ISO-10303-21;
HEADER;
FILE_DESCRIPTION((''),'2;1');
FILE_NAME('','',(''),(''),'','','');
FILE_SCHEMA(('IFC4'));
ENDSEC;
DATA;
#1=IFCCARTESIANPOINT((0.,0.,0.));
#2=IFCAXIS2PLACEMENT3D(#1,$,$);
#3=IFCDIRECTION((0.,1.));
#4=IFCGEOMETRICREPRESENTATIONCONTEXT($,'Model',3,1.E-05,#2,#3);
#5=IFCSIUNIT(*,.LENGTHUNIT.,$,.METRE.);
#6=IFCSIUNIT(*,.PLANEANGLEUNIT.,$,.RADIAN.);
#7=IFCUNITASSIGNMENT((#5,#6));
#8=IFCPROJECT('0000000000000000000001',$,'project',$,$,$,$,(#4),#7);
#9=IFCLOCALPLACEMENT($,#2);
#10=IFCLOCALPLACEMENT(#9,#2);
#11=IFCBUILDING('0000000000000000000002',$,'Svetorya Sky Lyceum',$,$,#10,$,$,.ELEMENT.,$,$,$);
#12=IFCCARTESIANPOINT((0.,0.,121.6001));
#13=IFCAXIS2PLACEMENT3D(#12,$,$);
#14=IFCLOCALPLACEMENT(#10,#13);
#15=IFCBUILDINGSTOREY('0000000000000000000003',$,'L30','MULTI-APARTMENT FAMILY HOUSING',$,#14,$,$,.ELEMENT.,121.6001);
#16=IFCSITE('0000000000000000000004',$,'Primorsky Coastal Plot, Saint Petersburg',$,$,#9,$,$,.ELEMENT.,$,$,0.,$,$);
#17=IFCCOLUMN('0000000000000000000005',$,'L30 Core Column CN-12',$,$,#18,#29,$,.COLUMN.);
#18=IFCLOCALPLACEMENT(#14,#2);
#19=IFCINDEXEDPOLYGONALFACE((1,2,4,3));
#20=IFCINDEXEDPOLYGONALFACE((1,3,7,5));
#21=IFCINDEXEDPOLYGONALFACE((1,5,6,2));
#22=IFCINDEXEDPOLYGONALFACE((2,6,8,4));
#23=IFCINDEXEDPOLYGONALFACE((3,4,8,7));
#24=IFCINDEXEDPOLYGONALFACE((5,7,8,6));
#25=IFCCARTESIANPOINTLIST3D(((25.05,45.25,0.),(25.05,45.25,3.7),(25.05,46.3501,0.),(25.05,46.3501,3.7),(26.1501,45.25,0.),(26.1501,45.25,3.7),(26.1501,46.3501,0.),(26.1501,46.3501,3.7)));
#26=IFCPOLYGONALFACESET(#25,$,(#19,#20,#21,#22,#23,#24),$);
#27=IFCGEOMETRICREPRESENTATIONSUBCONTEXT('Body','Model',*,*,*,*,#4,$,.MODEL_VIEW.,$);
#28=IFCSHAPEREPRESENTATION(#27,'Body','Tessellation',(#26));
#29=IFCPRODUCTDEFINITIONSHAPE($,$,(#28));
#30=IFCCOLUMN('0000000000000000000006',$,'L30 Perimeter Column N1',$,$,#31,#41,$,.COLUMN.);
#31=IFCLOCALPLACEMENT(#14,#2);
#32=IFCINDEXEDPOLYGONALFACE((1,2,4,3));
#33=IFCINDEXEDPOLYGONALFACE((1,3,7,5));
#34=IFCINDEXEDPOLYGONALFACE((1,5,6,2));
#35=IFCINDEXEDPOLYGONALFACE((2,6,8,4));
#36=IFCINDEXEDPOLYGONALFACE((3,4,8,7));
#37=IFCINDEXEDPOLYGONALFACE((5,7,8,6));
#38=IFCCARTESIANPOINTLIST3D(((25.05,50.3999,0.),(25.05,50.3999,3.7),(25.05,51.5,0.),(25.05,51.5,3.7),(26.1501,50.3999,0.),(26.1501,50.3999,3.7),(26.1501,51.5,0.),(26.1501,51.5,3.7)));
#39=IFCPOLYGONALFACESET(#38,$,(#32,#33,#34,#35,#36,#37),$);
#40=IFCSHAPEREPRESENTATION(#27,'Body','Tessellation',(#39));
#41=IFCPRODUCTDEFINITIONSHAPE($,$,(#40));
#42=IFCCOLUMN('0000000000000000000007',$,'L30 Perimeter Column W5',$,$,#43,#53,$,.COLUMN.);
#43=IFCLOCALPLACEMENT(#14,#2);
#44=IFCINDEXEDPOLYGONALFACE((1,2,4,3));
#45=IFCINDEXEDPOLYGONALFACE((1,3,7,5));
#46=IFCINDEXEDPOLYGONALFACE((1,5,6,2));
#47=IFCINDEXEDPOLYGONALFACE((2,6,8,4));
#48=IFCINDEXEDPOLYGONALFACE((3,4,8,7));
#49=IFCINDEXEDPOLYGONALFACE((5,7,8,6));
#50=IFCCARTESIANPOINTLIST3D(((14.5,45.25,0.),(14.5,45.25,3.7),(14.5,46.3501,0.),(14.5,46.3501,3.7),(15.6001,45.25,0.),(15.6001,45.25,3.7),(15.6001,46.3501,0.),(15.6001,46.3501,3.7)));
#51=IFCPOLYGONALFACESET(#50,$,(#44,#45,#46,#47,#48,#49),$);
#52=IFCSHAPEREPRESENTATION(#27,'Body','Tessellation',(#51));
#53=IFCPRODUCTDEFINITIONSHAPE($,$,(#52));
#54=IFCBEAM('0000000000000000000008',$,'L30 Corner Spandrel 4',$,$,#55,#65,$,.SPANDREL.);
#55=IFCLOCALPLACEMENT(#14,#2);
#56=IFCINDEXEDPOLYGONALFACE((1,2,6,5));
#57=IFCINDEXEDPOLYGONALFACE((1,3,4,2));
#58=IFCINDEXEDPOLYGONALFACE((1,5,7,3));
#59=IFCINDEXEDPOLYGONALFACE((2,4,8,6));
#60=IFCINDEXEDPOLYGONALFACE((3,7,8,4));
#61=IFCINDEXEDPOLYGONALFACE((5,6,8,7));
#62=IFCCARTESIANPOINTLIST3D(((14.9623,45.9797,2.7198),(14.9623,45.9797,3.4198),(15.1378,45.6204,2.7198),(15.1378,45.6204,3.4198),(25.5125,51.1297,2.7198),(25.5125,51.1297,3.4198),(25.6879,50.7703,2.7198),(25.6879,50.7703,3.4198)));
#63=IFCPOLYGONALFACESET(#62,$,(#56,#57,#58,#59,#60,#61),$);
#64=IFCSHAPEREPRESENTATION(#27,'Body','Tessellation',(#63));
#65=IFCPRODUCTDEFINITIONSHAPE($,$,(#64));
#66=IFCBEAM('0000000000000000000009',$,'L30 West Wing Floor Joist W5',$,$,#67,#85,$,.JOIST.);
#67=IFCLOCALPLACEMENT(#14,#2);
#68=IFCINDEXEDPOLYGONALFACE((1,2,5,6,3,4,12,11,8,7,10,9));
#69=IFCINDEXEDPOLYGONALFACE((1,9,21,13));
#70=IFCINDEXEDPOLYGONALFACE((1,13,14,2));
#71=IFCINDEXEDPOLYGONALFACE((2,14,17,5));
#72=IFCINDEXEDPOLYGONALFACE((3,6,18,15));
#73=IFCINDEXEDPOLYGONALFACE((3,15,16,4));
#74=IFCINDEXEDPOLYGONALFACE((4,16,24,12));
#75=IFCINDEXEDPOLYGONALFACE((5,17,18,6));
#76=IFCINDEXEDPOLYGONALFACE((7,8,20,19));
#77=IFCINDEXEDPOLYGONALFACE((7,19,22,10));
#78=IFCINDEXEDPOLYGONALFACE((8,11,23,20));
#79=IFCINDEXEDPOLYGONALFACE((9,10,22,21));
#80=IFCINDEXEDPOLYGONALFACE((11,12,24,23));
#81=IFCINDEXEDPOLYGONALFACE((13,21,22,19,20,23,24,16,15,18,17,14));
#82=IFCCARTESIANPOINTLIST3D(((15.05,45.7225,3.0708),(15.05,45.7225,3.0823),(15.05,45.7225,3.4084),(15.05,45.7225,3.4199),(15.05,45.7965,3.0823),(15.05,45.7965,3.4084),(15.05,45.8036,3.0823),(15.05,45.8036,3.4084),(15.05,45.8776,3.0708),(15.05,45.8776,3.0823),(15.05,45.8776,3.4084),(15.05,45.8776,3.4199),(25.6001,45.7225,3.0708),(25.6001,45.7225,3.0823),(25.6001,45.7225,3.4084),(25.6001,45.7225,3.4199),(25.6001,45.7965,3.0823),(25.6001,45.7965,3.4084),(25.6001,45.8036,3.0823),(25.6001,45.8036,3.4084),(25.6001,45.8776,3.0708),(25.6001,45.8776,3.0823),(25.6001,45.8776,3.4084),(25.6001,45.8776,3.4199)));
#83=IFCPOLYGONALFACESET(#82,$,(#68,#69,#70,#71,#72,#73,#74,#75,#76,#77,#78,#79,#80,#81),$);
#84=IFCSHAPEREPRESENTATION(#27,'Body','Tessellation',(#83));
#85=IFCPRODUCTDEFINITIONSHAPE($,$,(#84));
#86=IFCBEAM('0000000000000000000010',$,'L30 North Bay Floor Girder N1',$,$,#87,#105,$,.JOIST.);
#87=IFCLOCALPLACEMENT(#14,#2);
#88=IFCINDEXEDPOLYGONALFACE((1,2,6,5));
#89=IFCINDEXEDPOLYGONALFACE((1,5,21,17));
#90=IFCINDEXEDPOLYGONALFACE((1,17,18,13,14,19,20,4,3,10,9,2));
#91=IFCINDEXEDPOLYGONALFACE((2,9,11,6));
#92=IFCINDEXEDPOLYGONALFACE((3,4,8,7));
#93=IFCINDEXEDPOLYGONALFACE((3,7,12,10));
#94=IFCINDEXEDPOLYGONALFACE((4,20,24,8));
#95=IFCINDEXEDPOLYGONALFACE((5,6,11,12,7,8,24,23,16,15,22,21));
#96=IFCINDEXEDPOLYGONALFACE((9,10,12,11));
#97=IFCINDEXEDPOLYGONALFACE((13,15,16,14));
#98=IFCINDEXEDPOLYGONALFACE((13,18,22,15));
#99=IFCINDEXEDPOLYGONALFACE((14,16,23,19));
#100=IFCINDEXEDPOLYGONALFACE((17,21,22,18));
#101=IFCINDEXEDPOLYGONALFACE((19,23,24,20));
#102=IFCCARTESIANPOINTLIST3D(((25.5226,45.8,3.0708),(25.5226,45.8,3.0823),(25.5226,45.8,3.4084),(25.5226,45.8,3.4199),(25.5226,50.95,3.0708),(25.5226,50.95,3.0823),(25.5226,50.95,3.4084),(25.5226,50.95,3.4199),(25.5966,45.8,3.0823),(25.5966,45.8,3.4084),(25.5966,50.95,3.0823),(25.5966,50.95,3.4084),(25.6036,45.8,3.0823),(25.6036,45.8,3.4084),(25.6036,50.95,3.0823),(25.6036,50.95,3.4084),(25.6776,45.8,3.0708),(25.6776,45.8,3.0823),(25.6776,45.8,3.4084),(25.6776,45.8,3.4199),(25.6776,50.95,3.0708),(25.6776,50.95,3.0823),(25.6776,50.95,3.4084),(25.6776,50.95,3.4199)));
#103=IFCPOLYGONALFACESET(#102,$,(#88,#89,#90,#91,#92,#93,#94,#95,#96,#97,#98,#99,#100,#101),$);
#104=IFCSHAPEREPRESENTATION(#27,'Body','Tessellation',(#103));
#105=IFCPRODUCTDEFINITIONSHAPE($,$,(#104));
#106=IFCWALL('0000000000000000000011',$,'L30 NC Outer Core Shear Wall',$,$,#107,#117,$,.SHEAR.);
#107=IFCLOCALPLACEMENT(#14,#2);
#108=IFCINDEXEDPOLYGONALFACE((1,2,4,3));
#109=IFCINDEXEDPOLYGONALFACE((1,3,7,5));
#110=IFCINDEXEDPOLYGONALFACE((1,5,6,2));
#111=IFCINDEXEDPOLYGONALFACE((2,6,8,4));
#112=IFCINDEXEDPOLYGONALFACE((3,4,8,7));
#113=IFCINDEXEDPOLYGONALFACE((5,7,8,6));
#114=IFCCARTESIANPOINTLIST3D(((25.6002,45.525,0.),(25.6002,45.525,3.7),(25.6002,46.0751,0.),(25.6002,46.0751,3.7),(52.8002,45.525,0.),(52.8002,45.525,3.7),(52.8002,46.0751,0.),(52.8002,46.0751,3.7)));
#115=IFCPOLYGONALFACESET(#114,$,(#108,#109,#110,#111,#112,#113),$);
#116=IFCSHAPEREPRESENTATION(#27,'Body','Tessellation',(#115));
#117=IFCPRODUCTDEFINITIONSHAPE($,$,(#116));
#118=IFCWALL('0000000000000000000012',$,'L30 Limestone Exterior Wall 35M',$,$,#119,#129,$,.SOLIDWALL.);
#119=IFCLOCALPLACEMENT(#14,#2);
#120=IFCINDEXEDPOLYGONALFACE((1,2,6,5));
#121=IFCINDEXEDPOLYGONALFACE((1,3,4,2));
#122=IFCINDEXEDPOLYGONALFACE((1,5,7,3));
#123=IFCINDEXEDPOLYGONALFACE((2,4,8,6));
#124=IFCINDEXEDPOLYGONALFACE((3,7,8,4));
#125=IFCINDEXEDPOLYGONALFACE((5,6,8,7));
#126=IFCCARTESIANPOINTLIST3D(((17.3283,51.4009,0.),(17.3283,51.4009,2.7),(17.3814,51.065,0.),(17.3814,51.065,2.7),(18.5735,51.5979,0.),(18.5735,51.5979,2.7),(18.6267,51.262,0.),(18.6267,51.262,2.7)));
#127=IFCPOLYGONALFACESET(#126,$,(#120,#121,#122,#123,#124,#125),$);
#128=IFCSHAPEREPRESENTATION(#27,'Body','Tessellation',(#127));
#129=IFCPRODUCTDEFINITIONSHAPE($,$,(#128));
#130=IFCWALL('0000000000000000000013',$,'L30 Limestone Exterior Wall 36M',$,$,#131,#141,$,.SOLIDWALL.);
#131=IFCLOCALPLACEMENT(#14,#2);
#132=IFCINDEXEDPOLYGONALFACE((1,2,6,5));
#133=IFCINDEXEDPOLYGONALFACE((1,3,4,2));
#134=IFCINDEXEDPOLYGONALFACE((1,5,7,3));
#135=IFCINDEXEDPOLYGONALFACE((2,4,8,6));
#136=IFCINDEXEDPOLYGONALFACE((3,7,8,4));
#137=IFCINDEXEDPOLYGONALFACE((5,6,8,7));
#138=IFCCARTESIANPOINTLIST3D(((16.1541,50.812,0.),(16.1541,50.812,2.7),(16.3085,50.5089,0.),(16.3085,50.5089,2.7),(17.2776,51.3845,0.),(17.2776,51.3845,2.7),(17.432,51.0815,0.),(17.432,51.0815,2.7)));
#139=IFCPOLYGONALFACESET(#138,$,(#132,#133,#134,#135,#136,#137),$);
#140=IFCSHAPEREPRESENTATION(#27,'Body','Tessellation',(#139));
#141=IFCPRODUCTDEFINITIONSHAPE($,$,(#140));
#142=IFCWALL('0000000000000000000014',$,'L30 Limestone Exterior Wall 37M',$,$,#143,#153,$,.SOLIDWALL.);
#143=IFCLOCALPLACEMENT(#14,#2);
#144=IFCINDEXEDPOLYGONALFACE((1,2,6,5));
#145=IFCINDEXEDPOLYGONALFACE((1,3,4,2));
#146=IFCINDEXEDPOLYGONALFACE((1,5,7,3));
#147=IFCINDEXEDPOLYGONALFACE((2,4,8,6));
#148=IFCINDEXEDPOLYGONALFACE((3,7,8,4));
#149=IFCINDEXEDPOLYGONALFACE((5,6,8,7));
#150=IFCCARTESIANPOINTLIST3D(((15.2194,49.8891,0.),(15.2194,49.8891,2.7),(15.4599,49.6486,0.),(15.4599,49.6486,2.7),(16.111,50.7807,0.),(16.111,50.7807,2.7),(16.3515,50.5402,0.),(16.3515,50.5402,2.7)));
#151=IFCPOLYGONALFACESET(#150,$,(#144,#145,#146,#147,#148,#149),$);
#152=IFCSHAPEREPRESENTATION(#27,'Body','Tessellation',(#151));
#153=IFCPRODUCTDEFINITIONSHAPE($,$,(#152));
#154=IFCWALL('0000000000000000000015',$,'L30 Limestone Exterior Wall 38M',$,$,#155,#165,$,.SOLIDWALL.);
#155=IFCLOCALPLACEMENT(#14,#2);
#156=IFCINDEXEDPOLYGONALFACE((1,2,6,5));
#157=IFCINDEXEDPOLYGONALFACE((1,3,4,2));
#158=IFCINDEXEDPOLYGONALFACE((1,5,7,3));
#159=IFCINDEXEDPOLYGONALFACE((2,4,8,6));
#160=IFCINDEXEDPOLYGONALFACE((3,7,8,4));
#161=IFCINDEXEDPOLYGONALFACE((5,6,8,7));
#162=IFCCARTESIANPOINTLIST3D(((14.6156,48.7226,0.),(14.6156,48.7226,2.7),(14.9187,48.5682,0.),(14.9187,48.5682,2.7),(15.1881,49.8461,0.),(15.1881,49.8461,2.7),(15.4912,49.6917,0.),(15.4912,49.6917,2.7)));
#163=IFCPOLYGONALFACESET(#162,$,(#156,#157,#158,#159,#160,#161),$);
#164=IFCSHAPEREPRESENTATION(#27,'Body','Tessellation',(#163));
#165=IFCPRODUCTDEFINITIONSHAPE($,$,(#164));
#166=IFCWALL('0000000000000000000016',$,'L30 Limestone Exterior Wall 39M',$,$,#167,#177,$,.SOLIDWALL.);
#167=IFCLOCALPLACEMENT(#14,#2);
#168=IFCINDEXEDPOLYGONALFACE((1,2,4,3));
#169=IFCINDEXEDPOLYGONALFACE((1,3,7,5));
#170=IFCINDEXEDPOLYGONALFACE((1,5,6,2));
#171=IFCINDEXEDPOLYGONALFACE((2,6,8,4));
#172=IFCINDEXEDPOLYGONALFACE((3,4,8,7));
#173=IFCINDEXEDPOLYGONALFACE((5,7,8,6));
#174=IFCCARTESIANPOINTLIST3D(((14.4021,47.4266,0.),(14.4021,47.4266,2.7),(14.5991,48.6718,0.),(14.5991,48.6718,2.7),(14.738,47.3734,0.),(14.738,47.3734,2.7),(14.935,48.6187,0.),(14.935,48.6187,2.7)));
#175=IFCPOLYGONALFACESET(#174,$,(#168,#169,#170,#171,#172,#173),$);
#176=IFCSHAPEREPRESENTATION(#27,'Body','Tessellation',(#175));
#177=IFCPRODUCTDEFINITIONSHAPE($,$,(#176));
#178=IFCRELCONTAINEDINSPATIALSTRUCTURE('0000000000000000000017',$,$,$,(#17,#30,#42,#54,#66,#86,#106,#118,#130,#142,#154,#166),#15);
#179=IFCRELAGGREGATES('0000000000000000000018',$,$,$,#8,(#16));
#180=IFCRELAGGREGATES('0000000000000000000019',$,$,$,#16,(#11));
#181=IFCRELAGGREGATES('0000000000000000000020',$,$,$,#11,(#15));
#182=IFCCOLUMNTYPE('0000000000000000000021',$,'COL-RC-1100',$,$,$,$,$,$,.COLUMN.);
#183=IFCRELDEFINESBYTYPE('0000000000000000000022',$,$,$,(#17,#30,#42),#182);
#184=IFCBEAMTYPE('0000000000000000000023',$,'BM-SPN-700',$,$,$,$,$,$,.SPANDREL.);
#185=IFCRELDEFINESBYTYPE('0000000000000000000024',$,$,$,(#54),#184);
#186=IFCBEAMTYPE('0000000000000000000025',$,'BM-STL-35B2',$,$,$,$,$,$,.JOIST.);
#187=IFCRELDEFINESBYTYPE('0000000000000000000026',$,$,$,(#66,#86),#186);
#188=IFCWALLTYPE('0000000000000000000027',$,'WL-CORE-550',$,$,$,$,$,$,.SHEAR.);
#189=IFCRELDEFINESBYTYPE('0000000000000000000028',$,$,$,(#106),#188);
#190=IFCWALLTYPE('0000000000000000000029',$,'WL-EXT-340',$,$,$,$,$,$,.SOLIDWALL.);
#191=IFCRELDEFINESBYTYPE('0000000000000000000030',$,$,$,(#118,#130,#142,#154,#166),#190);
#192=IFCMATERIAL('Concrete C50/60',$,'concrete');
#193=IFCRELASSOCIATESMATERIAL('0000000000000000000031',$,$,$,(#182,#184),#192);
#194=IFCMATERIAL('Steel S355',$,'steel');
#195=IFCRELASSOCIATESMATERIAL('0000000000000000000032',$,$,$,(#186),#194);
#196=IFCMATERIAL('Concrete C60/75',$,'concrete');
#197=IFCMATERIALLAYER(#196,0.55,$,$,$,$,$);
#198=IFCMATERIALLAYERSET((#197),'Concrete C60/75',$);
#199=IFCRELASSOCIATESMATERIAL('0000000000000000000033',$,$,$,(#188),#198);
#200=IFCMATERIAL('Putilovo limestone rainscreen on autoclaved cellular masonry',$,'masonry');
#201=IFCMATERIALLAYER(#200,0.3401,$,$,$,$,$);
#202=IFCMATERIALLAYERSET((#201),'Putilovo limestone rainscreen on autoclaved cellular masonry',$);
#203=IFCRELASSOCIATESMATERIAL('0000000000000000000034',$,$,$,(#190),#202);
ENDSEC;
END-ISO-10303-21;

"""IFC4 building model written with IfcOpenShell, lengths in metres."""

from ifc_helpers import new_model, si_unit, direction, frame, frame_2d, origin, origin_2d, place, context, subcontext, project, spatial, rectangle, i_section, extrude, material, layer, layer_set, material_profile, profile_set, type_object, element, save


model = new_model("IFC4")

# Units and contexts
model_context = context("Model", 3, precision=1e-05, world=origin(), true_north=direction((0.0, 1.0)))
body_context = subcontext(model_context, "Body", "Model", "MODEL_VIEW")
ifc_project = project(units=[si_unit("LENGTHUNIT", "METRE"), si_unit("PLANEANGLEUNIT", "RADIAN")], contexts=[model_context])

# Site, building, storey
site_placement = place(None, origin())
site = spatial("IfcSite", under=ifc_project, at=site_placement, Name="Primorsky Coastal Plot, Saint Petersburg", CompositionType="ELEMENT", RefElevation=0.0)
building_placement = place(site_placement, origin())
building = spatial("IfcBuilding", under=site, at=building_placement, Name="Svetorya Sky Lyceum", CompositionType="ELEMENT")
storey_placement = place(building_placement, frame((0.0, 0.0, 121.6001)))
storey = spatial("IfcBuildingStorey", under=building, at=storey_placement, Name="L30", Description="MULTI-APARTMENT FAMILY HOUSING", CompositionType="ELEMENT", Elevation=121.6001)

# Columns
ifc_material_1 = material(Name="Concrete C50/60", Category="concrete")
ifc_material_profile_1 = material_profile(ifc_material_1, rectangle(XDim=1.1001, YDim=1.1001, at=origin_2d()), Name="RC COL 1100x1100")
ifc_profile_set_1 = profile_set([ifc_material_profile_1], Name="Concrete C50/60")
column_type = type_object("IfcColumnType", Name="COL-RC-1100", PredefinedType="COLUMN", material=ifc_profile_set_1)
for number, where, z_axis, x_axis, name in (
    (1, (25.6001, 45.8, 0.0), (0.0, 0.0, 1.0), (1.0, 0.0, 0.0), "L30 Core Column CN-12"),
    (2, (25.6001, 50.95, 0.0), (0.0, 0.0, 1.0), (1.0, 0.0, 0.0), "L30 Perimeter Column N1"),
    (3, (15.05, 45.8, 0.0), (0.0, 0.0, 1.0), (1.0, 0.0, 0.0), "L30 Perimeter Column W5"),
):
    element("IfcColumn", number, at=place(storey_placement, frame(where, z_axis=z_axis, x_axis=x_axis)), inside=storey, type_object=column_type, Name=name, PredefinedType="COLUMN", context=body_context, shape_type="SweptSolid", body=[
        extrude(rectangle(XDim=1.1001, YDim=1.1001, at=origin_2d()), origin(), (0.0, 0.0, 1.0), 3.7),
    ])

# Beams
ifc_material_profile_2 = material_profile(ifc_material_1, rectangle(XDim=0.3999, YDim=0.7, at=origin_2d()), Name="RC SPANDREL 400x700")
ifc_profile_set_2 = profile_set([ifc_material_profile_2], Name="Concrete C50/60")
beam_type_1 = type_object("IfcBeamType", Name="BM-SPN-700", PredefinedType="SPANDREL", material=ifc_profile_set_2)
beam_1_placement = place(storey_placement, frame((15.05, 45.8, 3.0698), z_axis=(0.89865, 0.438667, 0.0), x_axis=(-0.438667, 0.89865, 0.0)))
element("IfcBeam", 4, at=beam_1_placement, inside=storey, type_object=beam_type_1, Name="L30 Corner Spandrel 4", PredefinedType="SPANDREL", context=body_context, shape_type="SweptSolid", body=[
    extrude(rectangle(XDim=0.3999, YDim=0.7, at=origin_2d()), origin(), (0.0, 0.0, 1.0), 11.74),
])
ifc_material_2 = material(Name="Steel S355", Category="steel")
ifc_material_profile_3 = material_profile(ifc_material_2, i_section(OverallWidth=0.155, OverallDepth=0.3491, WebThickness=0.0071, FlangeThickness=0.0115, at=origin_2d()), Name="GOST 35B2")
ifc_profile_set_3 = profile_set([ifc_material_profile_3], Name="Steel S355")
beam_type_2 = type_object("IfcBeamType", Name="BM-STL-35B2", PredefinedType="JOIST", material=ifc_profile_set_3)
beam_2_placement = place(storey_placement, frame((15.05, 45.8, 3.2454), z_axis=(1.0, 0.0, 0.0), x_axis=(0.0, 1.0, 0.0)))
element("IfcBeam", 5, at=beam_2_placement, inside=storey, type_object=beam_type_2, Name="L30 West Wing Floor Joist W5", PredefinedType="JOIST", context=body_context, shape_type="SweptSolid", body=[
    extrude(i_section(OverallWidth=0.155, OverallDepth=0.3491, WebThickness=0.0071, FlangeThickness=0.0115, at=origin_2d()), origin(), (0.0, 0.0, 1.0), 10.55),
])
beam_3_placement = place(storey_placement, frame((25.6001, 45.8, 3.2454), z_axis=(0.0, 1.0, 0.0), x_axis=(-1.0, 0.0, 0.0)))
element("IfcBeam", 6, at=beam_3_placement, inside=storey, type_object=beam_type_2, Name="L30 North Bay Floor Girder N1", PredefinedType="JOIST", context=body_context, shape_type="SweptSolid", body=[
    extrude(i_section(OverallWidth=0.155, OverallDepth=0.3491, WebThickness=0.0071, FlangeThickness=0.0115, at=origin_2d()), origin(), (0.0, 0.0, 1.0), 5.1499),
])

# Walls
ifc_material_3 = material(Name="Concrete C60/75", Category="concrete")
ifc_layer_1 = layer(ifc_material_3, 0.55)
ifc_layer_set_1 = layer_set([ifc_layer_1], Name="Concrete C60/75")
wall_type_1 = type_object("IfcWallType", Name="WL-CORE-550", PredefinedType="SHEAR", material=ifc_layer_set_1)
wall_1_placement = place(storey_placement, frame((25.6001, 45.8, 0.0), z_axis=(0.0, 0.0, 1.0), x_axis=(1.0, 0.0, 0.0)))
element("IfcWall", 7, at=wall_1_placement, inside=storey, type_object=wall_type_1, Name="L30 NC Outer Core Shear Wall", PredefinedType="SHEAR", context=body_context, shape_type="SweptSolid", body=[
    extrude(rectangle(XDim=27.2, YDim=0.55, at=frame_2d((13.6001, 0.0))), origin(), (0.0, 0.0, 1.0), 3.7),
])
ifc_material_4 = material(Name="Putilovo limestone rainscreen on autoclaved cellular masonry", Category="masonry")
ifc_layer_2 = layer(ifc_material_4, 0.3401)
ifc_layer_set_2 = layer_set([ifc_layer_2], Name="Putilovo limestone rainscreen on autoclaved cellular masonry")
wall_type_2 = type_object("IfcWallType", Name="WL-EXT-340", PredefinedType="SOLIDWALL", material=ifc_layer_set_2)
wall_2_placement = place(storey_placement, frame((18.6001, 51.4299, 0.0), z_axis=(0.0, 0.0, 1.0), x_axis=(-0.987716, -0.156261, 0.0)))
element("IfcWall", 8, at=wall_2_placement, inside=storey, type_object=wall_type_2, Name="L30 Limestone Exterior Wall 35M", PredefinedType="SOLIDWALL", context=body_context, shape_type="SweptSolid", body=[
    extrude(rectangle(XDim=1.2607, YDim=0.3401, at=frame_2d((0.6304, 0.0))), origin(), (0.0, 0.0, 1.0), 2.7),
])
for number, where, z_axis, x_axis, name in (
    (9, (17.3547, 51.2329, 0.0), (0.0, 0.0, 1.0), (-0.890994, -0.454016, 0.0), "L30 Limestone Exterior Wall 36M"),
    (10, (16.2312, 50.6604, 0.0), (0.0, 0.0, 1.0), (-0.707107, -0.707107, 0.0), "L30 Limestone Exterior Wall 37M"),
    (11, (15.3396, 49.7688, 0.0), (0.0, 0.0, 1.0), (-0.454016, -0.890994, 0.0), "L30 Limestone Exterior Wall 38M"),
):
    element("IfcWall", number, at=place(storey_placement, frame(where, z_axis=z_axis, x_axis=x_axis)), inside=storey, type_object=wall_type_2, Name=name, PredefinedType="SOLIDWALL", context=body_context, shape_type="SweptSolid", body=[
        extrude(rectangle(XDim=1.261, YDim=0.3401, at=frame_2d((0.6304, 0.0))), origin(), (0.0, 0.0, 1.0), 2.7),
    ])
wall_3_placement = place(storey_placement, frame((14.7671, 48.6453, 0.0), z_axis=(0.0, 0.0, 1.0), x_axis=(-0.156261, -0.987716, 0.0)))
element("IfcWall", 12, at=wall_3_placement, inside=storey, type_object=wall_type_2, Name="L30 Limestone Exterior Wall 39M", PredefinedType="SOLIDWALL", context=body_context, shape_type="SweptSolid", body=[
    extrude(rectangle(XDim=1.2607, YDim=0.3401, at=frame_2d((0.6304, 0.0))), origin(), (0.0, 0.0, 1.0), 2.7),
])

save(model, "model.ifc")
